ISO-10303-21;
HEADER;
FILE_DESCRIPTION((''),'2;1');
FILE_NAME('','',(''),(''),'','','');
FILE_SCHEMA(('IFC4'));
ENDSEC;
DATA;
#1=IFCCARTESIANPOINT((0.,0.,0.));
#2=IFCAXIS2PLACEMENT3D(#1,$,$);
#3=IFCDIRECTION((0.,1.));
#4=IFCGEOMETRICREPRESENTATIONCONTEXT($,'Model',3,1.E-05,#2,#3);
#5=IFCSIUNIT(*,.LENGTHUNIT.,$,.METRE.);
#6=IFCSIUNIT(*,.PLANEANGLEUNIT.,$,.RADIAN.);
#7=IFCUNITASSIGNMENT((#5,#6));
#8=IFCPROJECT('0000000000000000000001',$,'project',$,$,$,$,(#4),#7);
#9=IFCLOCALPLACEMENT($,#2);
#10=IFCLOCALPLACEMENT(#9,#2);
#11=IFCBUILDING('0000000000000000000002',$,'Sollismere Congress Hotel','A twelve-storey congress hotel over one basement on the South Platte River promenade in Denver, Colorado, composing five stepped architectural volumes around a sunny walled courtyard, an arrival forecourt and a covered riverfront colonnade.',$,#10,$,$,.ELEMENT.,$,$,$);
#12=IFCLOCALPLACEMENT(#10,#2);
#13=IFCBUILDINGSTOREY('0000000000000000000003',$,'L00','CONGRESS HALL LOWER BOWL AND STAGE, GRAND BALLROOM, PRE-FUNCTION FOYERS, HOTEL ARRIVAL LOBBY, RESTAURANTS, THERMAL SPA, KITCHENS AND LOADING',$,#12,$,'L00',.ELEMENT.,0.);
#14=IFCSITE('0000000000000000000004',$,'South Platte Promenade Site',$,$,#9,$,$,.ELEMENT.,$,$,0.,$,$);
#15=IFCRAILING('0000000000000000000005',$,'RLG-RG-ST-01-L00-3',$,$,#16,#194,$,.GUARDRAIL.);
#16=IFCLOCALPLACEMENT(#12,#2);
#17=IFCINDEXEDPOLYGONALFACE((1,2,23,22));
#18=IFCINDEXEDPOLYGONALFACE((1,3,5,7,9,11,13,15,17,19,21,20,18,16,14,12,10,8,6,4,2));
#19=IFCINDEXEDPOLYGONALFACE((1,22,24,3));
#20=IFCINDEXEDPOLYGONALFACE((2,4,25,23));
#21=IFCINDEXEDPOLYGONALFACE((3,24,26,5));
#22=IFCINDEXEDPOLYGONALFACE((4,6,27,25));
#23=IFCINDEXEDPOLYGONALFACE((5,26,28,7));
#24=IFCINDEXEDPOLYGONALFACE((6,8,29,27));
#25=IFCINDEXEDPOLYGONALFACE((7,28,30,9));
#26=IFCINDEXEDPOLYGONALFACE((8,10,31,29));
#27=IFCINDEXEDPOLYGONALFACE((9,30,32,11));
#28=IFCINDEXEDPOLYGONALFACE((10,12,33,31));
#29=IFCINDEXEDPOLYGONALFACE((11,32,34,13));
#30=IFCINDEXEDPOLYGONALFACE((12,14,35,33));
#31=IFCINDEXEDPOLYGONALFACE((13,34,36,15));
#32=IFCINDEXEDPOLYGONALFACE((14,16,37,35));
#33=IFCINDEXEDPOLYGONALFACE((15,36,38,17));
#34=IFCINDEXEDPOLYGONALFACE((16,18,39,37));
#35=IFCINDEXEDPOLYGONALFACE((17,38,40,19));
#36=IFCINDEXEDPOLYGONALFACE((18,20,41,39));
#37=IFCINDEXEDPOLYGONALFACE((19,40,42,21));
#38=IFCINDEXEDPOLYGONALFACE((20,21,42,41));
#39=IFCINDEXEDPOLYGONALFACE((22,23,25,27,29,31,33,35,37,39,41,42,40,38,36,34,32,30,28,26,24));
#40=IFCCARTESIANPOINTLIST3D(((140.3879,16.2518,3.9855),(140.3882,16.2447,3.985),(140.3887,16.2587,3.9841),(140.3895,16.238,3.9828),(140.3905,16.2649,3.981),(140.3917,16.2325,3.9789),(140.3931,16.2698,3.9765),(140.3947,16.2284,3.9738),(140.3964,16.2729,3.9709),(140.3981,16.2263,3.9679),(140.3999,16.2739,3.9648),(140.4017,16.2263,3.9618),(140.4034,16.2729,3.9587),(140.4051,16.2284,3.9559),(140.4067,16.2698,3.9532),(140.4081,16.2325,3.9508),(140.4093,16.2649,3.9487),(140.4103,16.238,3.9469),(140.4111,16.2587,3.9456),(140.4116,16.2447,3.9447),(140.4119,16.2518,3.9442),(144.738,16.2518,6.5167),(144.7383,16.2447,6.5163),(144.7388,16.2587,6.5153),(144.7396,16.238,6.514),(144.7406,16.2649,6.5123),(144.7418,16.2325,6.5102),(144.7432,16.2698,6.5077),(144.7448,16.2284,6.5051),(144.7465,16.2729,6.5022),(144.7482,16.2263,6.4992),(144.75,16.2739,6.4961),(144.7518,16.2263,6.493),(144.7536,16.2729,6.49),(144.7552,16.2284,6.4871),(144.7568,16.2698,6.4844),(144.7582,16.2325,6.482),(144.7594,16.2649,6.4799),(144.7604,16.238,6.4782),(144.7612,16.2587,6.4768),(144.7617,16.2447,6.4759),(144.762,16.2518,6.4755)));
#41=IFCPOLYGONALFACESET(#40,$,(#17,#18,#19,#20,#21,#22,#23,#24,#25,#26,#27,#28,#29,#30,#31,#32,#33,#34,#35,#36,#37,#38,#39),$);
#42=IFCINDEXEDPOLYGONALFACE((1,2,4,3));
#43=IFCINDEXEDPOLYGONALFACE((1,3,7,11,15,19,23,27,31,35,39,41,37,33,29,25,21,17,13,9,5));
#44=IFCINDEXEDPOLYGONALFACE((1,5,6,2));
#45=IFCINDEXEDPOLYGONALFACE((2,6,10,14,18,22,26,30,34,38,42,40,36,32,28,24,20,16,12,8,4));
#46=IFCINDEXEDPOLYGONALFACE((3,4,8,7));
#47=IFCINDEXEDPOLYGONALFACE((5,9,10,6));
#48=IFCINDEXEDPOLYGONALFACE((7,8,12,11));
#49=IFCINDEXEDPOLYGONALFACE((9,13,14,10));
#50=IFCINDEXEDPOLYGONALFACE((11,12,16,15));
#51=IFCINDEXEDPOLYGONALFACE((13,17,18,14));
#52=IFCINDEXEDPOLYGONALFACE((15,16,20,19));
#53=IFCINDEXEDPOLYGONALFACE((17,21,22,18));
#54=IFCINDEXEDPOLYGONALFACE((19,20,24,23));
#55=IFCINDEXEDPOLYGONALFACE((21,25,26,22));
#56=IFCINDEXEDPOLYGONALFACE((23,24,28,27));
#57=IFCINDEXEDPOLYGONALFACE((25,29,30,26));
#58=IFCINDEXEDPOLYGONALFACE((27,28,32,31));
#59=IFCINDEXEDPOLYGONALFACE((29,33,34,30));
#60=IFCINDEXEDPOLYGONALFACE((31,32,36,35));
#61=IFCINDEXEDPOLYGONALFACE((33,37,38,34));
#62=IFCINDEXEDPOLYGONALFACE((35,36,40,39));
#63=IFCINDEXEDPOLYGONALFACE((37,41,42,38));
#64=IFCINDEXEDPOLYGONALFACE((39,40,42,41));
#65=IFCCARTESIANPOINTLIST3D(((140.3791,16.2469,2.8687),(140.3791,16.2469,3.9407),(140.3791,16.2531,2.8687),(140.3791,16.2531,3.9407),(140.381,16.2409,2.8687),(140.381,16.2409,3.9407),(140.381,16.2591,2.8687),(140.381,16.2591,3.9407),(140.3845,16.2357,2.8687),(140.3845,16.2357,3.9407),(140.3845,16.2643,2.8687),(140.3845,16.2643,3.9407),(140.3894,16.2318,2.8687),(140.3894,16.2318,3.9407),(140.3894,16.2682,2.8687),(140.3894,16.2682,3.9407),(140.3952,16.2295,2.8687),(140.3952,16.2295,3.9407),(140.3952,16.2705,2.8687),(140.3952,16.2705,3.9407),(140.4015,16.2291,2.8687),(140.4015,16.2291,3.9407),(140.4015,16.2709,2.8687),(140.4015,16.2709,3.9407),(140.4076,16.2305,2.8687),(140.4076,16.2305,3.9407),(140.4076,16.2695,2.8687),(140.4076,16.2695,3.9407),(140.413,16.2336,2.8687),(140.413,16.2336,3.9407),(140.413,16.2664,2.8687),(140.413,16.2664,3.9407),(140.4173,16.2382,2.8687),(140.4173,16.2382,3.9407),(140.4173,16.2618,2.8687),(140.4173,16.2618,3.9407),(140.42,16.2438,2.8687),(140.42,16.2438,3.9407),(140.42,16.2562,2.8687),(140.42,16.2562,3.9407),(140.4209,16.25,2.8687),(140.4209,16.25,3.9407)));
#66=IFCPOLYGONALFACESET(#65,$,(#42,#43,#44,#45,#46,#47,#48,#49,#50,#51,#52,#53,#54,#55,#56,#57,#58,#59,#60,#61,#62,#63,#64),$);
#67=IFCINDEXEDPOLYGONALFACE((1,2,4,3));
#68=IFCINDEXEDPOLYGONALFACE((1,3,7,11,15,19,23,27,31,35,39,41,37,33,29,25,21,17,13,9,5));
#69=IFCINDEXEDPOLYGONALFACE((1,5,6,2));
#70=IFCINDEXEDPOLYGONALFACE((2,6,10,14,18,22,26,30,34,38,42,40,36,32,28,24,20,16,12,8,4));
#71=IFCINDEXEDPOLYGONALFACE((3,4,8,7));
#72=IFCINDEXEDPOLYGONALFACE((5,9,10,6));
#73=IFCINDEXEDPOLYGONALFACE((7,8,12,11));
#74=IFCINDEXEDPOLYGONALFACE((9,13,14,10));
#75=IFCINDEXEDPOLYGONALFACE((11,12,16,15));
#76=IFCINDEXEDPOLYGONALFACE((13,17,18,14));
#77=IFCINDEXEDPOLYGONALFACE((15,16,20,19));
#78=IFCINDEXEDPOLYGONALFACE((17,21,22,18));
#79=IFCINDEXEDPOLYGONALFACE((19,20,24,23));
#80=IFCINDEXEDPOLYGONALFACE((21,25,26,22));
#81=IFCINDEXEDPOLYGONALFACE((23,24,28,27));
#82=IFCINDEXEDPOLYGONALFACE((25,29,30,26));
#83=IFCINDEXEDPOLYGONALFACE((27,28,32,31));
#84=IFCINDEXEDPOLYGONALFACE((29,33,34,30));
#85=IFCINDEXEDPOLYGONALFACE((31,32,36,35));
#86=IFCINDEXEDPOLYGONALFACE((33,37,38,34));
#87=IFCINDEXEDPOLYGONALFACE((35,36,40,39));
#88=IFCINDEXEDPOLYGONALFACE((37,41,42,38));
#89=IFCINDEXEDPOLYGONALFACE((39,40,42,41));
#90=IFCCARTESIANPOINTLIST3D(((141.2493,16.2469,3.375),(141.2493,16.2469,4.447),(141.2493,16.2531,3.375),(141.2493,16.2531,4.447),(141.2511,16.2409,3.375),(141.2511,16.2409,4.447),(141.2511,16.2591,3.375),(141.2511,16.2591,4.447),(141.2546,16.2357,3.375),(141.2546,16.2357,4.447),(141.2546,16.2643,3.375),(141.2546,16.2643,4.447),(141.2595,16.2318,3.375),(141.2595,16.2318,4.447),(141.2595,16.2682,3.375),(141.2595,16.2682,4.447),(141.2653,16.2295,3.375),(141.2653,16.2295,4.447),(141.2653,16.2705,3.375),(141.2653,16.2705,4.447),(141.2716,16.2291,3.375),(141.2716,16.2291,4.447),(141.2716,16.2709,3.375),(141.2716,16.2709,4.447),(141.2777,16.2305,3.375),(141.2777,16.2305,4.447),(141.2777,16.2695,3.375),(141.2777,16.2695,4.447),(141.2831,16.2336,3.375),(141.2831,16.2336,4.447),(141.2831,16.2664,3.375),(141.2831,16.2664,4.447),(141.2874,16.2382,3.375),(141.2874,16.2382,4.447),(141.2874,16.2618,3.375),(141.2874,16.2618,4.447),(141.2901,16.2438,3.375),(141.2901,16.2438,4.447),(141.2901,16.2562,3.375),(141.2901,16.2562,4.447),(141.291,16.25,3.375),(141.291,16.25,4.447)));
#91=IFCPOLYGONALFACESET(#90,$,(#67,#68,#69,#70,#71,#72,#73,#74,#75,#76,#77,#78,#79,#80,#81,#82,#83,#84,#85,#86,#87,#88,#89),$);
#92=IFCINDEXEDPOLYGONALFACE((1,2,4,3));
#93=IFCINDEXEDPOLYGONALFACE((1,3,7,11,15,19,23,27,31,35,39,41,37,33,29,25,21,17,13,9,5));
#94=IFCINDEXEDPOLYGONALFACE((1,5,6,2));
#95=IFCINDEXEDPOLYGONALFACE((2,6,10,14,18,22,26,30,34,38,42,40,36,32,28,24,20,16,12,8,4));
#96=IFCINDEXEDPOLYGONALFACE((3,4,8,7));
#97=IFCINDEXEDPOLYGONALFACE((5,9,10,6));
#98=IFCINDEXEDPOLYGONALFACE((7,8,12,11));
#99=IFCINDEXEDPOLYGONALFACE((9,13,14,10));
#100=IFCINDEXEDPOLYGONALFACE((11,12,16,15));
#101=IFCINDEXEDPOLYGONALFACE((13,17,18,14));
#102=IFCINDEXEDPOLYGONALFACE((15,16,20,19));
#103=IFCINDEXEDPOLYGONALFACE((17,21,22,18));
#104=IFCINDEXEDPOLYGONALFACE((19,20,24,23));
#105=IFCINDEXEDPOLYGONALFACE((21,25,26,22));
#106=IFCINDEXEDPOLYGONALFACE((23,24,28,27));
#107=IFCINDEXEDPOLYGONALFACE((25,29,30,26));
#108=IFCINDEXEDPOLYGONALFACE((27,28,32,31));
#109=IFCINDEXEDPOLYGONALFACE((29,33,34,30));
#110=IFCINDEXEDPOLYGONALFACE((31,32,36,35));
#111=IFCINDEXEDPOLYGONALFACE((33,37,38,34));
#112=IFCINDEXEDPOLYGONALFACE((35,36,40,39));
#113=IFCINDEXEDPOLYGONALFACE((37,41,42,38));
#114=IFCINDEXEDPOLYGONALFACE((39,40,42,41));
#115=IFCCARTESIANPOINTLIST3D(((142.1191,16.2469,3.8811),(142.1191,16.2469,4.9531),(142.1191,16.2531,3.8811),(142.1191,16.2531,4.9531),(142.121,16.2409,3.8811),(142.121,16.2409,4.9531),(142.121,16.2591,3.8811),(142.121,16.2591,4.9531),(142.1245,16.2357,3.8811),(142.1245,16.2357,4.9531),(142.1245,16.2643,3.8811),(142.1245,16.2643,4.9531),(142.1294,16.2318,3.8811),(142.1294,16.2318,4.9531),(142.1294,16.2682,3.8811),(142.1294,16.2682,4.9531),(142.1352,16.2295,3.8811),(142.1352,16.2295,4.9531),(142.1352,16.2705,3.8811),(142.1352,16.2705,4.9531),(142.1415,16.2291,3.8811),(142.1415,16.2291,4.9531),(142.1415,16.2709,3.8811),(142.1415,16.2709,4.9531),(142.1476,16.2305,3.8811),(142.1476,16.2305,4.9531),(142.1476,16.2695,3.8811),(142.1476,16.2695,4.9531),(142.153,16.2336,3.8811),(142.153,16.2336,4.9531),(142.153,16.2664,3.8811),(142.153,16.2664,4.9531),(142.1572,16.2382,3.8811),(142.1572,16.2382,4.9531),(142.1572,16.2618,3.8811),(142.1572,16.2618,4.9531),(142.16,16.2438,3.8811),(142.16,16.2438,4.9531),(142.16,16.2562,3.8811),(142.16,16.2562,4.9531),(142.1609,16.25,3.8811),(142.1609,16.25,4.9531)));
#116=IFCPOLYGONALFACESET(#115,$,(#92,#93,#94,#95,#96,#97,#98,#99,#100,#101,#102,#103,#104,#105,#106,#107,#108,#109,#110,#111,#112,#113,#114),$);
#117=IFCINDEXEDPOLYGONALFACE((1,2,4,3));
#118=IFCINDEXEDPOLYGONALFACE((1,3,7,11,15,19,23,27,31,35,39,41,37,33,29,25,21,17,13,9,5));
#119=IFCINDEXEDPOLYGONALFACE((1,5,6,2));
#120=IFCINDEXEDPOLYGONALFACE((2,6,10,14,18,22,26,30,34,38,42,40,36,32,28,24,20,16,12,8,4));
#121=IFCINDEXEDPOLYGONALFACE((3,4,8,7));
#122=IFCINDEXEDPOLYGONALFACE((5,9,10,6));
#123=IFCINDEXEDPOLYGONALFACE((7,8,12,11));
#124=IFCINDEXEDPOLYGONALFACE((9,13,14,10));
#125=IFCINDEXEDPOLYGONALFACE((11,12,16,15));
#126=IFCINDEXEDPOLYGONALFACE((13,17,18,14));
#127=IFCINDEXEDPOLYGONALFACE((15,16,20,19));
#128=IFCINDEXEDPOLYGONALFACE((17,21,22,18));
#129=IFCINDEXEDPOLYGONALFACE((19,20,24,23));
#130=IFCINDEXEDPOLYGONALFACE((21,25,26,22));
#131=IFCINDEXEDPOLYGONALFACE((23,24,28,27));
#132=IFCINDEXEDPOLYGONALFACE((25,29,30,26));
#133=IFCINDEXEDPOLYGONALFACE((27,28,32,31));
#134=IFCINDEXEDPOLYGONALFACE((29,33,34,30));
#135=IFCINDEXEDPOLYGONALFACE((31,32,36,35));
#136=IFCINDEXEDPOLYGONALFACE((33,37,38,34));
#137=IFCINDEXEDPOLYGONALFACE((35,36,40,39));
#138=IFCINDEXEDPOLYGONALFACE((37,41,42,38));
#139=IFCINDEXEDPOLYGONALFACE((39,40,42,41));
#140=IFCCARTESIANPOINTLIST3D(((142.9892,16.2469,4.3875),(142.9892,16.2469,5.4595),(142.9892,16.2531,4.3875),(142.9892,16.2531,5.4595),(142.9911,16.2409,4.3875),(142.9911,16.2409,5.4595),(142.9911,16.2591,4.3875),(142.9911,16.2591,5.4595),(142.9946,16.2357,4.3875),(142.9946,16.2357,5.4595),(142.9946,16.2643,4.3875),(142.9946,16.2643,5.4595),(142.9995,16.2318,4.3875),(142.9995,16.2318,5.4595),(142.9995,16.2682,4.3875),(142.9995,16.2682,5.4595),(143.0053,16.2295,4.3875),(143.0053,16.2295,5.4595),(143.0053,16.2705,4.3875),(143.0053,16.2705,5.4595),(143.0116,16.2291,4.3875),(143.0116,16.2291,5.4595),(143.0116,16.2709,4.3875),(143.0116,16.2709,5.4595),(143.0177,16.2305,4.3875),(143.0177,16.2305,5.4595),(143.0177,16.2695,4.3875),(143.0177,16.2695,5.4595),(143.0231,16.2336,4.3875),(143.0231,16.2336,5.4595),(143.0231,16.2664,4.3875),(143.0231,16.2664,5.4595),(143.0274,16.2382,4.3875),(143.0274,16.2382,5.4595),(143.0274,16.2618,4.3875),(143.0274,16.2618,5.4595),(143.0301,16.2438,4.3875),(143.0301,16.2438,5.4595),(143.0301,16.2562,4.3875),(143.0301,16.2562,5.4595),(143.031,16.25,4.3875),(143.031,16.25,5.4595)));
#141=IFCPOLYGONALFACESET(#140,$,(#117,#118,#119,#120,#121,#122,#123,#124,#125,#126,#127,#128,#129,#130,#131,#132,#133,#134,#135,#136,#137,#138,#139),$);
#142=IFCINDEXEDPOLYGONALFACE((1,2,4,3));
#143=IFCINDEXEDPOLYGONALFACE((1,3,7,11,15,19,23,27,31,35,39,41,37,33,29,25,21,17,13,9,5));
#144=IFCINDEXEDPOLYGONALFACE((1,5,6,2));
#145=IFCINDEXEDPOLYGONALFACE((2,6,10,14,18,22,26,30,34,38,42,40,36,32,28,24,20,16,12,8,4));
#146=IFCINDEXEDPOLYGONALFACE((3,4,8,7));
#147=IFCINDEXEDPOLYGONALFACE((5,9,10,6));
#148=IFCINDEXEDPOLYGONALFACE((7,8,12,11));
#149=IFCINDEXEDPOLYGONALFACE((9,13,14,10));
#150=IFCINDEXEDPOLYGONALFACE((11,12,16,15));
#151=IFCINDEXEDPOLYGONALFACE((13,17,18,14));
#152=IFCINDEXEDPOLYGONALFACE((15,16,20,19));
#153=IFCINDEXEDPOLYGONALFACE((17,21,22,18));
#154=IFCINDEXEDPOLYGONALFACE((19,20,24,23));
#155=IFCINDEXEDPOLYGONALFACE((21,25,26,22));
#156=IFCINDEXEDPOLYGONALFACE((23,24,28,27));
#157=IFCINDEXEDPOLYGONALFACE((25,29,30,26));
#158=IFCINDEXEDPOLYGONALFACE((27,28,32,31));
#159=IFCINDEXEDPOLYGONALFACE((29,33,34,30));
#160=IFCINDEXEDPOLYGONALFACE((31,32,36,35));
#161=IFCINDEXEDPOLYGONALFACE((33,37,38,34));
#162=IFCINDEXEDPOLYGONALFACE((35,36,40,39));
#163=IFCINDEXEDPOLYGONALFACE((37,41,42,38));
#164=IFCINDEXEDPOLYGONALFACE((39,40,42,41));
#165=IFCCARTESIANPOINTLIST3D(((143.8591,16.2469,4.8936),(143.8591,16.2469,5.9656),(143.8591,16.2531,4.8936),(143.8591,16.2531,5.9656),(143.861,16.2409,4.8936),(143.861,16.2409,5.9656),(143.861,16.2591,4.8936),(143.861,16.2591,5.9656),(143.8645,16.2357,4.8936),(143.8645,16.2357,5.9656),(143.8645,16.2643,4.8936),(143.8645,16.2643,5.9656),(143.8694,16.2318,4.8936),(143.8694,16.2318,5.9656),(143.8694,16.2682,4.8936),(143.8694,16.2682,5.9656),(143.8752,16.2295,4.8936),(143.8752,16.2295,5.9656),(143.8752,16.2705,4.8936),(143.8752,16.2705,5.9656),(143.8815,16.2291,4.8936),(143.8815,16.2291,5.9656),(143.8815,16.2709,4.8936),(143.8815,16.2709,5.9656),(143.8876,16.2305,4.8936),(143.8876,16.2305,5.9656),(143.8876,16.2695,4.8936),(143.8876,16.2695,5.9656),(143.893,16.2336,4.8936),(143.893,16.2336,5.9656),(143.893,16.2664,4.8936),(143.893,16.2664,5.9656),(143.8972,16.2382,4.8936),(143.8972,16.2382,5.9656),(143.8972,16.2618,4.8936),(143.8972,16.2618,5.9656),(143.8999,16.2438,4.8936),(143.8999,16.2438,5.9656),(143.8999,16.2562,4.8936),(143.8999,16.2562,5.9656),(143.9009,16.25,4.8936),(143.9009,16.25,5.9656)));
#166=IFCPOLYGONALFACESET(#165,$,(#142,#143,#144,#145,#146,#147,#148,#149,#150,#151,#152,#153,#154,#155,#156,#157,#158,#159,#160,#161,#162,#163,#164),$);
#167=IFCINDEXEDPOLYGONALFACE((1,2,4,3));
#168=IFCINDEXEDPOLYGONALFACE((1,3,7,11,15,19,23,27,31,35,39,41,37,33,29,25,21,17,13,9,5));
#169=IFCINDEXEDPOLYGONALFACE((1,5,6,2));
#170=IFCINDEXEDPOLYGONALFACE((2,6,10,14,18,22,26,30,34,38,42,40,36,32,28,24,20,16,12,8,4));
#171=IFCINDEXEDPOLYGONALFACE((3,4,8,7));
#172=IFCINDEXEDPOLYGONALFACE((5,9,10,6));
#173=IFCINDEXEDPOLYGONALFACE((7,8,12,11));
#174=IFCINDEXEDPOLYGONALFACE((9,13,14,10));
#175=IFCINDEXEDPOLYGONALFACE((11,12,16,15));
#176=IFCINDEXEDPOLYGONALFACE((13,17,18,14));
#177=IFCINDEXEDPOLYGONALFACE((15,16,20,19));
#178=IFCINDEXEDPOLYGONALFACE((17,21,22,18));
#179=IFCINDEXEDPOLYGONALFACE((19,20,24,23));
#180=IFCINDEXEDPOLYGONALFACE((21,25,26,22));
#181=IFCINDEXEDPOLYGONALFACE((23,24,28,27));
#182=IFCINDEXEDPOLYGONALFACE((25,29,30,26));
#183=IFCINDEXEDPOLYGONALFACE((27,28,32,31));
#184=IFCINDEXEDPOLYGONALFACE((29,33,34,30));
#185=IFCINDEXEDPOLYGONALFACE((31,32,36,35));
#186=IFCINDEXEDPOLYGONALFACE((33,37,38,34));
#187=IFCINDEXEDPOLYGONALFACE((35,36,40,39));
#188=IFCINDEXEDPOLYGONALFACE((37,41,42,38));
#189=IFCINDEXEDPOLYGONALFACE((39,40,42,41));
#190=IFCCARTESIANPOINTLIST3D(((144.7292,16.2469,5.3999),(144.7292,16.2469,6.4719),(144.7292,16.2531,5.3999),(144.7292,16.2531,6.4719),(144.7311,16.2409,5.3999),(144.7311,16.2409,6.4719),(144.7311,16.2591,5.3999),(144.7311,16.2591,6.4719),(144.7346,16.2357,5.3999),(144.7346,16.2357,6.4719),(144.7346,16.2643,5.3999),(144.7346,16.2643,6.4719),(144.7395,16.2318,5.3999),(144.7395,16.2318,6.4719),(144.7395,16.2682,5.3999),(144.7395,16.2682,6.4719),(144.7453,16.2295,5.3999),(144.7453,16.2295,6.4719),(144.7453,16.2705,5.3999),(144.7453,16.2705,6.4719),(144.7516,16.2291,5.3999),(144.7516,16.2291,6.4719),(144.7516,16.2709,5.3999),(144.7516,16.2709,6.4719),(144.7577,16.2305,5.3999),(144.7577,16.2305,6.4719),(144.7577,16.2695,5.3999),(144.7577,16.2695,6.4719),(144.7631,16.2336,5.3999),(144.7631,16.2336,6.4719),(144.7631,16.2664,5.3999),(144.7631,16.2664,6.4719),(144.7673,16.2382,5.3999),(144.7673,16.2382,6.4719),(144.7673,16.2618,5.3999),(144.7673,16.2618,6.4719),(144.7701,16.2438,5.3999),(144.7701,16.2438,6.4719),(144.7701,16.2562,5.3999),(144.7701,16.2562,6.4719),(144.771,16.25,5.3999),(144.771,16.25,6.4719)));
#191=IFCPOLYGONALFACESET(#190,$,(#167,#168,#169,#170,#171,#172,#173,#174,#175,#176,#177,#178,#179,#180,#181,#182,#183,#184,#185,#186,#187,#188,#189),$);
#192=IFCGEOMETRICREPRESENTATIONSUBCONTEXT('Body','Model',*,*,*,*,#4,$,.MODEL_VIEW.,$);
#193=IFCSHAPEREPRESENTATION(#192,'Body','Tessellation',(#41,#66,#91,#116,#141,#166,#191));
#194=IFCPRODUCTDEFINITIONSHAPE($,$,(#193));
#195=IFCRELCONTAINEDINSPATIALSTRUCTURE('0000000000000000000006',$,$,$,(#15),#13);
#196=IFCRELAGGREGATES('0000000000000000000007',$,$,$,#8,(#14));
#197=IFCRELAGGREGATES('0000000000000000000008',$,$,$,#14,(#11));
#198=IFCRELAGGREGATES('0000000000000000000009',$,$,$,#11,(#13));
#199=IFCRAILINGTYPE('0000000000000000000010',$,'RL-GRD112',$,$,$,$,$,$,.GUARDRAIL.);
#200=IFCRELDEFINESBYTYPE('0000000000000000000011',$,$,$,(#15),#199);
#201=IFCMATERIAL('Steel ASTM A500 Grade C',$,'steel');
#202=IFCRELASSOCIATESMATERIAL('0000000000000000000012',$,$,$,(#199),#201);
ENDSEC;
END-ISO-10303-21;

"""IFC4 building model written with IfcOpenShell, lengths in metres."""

from ifc_helpers import new_model, si_unit, direction, frame, origin, origin_2d, place, context, subcontext, project, spatial, circle, extrude, material, type_object, element, save


model = new_model("IFC4")

# Units and contexts
model_context = context("Model", 3, precision=1e-05, world=origin(), true_north=direction((0.0, 1.0)))
body_context = subcontext(model_context, "Body", "Model", "MODEL_VIEW")
ifc_project = project(units=[si_unit("LENGTHUNIT", "METRE"), si_unit("PLANEANGLEUNIT", "RADIAN")], contexts=[model_context])

# Site, building, storey
site_placement = place(None, origin())
site = spatial("IfcSite", under=ifc_project, at=site_placement, Name="South Platte Promenade Site", CompositionType="ELEMENT", RefElevation=0.0)
building_placement = place(site_placement, origin())
building = spatial("IfcBuilding", under=site, at=building_placement, Name="Sollismere Congress Hotel", Description="A twelve-storey congress hotel over one basement on the South Platte River promenade in Denver, Colorado, composing five stepped architectural volumes around a sunny walled courtyard, an arrival forecourt and a covered riverfront colonnade.", CompositionType="ELEMENT")
storey_placement = place(building_placement, origin())
storey = spatial("IfcBuildingStorey", under=building, at=storey_placement, Name="L00", Description="CONGRESS HALL LOWER BOWL AND STAGE, GRAND BALLROOM, PRE-FUNCTION FOYERS, HOTEL ARRIVAL LOBBY, RESTAURANTS, THERMAL SPA, KITCHENS AND LOADING", LongName="L00", CompositionType="ELEMENT", Elevation=0.0)

# Railing
ifc_material_1 = material(Name="Steel ASTM A500 Grade C", Category="steel")
railing_type_1 = type_object("IfcRailingType", Name="RL-GRD112", PredefinedType="GUARDRAIL", material=ifc_material_1)
railing_1_placement = place(storey_placement, frame((140.3999, 16.25, 2.8687)))
element("IfcRailing", 1, at=railing_1_placement, inside=storey, type_object=railing_type_1, Name="RLG-RG-ST-01-L00-3", PredefinedType="GUARDRAIL", context=body_context, shape_type="SweptSolid", body=[
    extrude(circle(Radius=0.0239, at=origin_2d()), frame((0.0, 0.0, 1.0962), z_axis=(0.864324, 0.0, 0.502936), x_axis=(0.0, 1.0, 0.0)), (0.0, 0.0, 1.0), 5.033),
    extrude(circle(Radius=0.021, at=origin_2d()), origin(), (0.0, 0.0, 1.0), 1.072),
    extrude(circle(Radius=0.021, at=origin_2d()), frame((0.8701, 0.0, 0.5063)), (0.0, 0.0, 1.0), 1.072),
    extrude(circle(Radius=0.021, at=origin_2d()), frame((1.74, 0.0, 1.0125)), (0.0, 0.0, 1.0), 1.072),
    extrude(circle(Radius=0.021, at=origin_2d()), frame((2.6101, 0.0, 1.5188)), (0.0, 0.0, 1.0), 1.072),
    extrude(circle(Radius=0.021, at=origin_2d()), frame((3.48, 0.0, 2.0249)), (0.0, 0.0, 1.0), 1.072),
    extrude(circle(Radius=0.021, at=origin_2d()), frame((4.3501, 0.0, 2.5312)), (0.0, 0.0, 1.0), 1.072),
])

save(model, "model.ifc")
